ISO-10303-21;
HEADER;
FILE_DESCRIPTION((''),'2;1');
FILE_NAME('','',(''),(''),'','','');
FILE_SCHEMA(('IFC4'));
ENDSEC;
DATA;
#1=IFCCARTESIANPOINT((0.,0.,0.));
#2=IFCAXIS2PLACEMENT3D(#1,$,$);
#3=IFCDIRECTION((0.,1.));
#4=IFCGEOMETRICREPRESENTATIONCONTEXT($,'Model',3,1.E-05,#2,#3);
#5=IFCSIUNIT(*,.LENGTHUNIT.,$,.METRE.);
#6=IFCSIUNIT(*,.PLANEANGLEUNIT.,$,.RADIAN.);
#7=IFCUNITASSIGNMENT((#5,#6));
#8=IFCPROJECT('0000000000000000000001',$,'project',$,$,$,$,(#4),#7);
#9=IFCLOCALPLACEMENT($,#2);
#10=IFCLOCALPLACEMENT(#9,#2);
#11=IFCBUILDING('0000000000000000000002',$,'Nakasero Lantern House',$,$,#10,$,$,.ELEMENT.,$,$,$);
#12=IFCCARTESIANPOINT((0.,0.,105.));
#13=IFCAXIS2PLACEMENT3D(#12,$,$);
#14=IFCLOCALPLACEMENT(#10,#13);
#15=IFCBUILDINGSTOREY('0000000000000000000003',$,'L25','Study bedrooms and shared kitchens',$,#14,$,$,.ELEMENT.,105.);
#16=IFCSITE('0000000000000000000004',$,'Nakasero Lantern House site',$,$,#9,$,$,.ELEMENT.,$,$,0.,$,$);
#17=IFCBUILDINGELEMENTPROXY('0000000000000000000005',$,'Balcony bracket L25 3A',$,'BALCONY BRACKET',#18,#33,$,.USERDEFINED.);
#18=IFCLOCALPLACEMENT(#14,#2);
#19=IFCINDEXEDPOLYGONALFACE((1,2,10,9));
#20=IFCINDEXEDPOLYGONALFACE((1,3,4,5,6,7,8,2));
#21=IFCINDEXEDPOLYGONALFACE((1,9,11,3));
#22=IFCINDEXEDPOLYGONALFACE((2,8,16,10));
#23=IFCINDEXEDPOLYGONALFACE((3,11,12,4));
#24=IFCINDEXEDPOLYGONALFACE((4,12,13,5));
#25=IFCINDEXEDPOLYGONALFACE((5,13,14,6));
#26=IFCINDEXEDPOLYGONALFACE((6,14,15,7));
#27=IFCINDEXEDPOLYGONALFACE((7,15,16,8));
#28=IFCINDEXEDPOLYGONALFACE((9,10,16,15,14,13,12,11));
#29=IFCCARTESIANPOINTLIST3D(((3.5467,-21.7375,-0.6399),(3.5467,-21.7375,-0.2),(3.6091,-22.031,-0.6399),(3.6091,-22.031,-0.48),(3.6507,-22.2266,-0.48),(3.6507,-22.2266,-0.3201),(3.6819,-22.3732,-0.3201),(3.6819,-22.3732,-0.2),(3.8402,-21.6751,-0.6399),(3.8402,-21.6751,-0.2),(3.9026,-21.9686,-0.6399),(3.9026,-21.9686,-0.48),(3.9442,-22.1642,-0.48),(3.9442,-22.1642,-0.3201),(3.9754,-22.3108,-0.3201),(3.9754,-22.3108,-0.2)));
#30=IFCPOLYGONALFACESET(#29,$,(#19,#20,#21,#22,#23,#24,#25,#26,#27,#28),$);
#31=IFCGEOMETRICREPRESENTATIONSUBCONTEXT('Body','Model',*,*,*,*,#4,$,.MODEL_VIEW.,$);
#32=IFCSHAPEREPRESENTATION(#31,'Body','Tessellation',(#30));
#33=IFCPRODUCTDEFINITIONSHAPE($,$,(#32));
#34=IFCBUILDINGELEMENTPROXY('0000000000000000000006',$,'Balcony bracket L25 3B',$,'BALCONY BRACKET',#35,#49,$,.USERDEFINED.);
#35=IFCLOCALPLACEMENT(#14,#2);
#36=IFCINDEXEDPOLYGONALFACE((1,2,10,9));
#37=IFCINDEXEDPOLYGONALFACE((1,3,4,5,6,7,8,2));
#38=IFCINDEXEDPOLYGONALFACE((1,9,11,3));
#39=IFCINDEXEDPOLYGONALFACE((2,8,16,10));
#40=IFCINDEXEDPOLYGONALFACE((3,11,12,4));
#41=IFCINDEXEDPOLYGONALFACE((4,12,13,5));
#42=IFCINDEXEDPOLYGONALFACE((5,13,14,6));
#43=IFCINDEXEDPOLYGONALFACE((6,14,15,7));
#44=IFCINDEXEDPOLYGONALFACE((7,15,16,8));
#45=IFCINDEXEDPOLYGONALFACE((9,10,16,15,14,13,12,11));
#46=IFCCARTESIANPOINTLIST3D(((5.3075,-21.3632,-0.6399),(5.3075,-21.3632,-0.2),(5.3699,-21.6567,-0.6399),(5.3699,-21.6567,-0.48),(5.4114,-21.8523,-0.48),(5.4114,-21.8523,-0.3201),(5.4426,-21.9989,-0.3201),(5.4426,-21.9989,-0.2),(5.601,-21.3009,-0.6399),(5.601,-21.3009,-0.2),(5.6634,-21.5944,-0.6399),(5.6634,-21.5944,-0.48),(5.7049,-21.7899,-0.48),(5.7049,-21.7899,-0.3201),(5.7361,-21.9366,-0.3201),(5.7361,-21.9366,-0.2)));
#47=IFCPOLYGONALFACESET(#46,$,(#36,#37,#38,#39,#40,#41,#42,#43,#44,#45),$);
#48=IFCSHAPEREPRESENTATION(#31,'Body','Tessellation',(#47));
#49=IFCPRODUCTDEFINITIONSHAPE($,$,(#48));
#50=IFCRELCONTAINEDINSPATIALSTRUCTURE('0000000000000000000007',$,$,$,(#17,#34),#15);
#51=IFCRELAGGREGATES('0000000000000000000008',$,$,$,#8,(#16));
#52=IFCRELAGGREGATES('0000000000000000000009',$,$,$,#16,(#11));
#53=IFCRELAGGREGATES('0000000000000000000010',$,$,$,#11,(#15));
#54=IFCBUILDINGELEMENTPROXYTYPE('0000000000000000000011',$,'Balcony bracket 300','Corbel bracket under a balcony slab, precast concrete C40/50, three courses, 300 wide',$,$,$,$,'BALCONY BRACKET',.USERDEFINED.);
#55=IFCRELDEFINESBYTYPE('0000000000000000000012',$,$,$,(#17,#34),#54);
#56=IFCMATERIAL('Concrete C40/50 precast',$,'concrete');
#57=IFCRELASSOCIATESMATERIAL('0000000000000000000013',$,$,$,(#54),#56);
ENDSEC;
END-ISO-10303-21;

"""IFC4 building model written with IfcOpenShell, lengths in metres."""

from ifc_helpers import new_model, si_unit, direction, frame, origin, place, context, subcontext, project, spatial, polyline, outline, extrude, material, type_object, element, save


model = new_model("IFC4")

# Units and contexts
model_context = context("Model", 3, precision=1e-05, world=origin(), true_north=direction((0.0, 1.0)))
body_context = subcontext(model_context, "Body", "Model", "MODEL_VIEW")
ifc_project = project(units=[si_unit("LENGTHUNIT", "METRE"), si_unit("PLANEANGLEUNIT", "RADIAN")], contexts=[model_context])

# Site, building, storey
site_placement = place(None, origin())
site = spatial("IfcSite", under=ifc_project, at=site_placement, Name="Nakasero Lantern House site", CompositionType="ELEMENT", RefElevation=0.0)
building_placement = place(site_placement, origin())
building = spatial("IfcBuilding", under=site, at=building_placement, Name="Nakasero Lantern House", CompositionType="ELEMENT")
storey_placement = place(building_placement, frame((0.0, 0.0, 105.0)))
storey = spatial("IfcBuildingStorey", under=building, at=storey_placement, Name="L25", Description="Study bedrooms and shared kitchens", CompositionType="ELEMENT", Elevation=105.0)

# Building element proxies
ifc_material_1 = material(Name="Concrete C40/50 precast", Category="concrete")
building_element_proxy_type = type_object("IfcBuildingElementProxyType", Name="Balcony bracket 300", Description="Corbel bracket under a balcony slab, precast concrete C40/50, three courses, 300 wide", ElementType="BALCONY BRACKET", PredefinedType="USERDEFINED", material=ifc_material_1)
for number, where, z_axis, x_axis, name in (
    (1, (3.6936, -21.7063, -0.2), (0.0, 0.0, 1.0), (0.207912, -0.978148, 0.0), "Balcony bracket L25 3A"),
    (2, (5.4543, -21.332, -0.2), (0.0, 0.0, 1.0), (0.207912, -0.978148, 0.0), "Balcony bracket L25 3B"),
):
    element("IfcBuildingElementProxy", number, at=place(storey_placement, frame(where, z_axis=z_axis, x_axis=x_axis)), inside=storey, type_object=building_element_proxy_type, Name=name, ObjectType="BALCONY BRACKET", PredefinedType="USERDEFINED", context=body_context, shape_type="SweptSolid", body=[
        extrude(outline(polyline([(0.0, 0.0), (0.6499, 0.0), (0.6499, -0.1201), (0.5, -0.1201), (0.5, -0.28), (0.3, -0.28), (0.3, -0.4399), (0.0, -0.4399), (0.0, 0.0)])), frame((0.0, 0.1499, 0.0), z_axis=(0.0, -1.0, 0.0), x_axis=(1.0, 0.0, 0.0)), (0.0, 0.0, 1.0), 0.3),
    ])

save(model, "model.ifc")
